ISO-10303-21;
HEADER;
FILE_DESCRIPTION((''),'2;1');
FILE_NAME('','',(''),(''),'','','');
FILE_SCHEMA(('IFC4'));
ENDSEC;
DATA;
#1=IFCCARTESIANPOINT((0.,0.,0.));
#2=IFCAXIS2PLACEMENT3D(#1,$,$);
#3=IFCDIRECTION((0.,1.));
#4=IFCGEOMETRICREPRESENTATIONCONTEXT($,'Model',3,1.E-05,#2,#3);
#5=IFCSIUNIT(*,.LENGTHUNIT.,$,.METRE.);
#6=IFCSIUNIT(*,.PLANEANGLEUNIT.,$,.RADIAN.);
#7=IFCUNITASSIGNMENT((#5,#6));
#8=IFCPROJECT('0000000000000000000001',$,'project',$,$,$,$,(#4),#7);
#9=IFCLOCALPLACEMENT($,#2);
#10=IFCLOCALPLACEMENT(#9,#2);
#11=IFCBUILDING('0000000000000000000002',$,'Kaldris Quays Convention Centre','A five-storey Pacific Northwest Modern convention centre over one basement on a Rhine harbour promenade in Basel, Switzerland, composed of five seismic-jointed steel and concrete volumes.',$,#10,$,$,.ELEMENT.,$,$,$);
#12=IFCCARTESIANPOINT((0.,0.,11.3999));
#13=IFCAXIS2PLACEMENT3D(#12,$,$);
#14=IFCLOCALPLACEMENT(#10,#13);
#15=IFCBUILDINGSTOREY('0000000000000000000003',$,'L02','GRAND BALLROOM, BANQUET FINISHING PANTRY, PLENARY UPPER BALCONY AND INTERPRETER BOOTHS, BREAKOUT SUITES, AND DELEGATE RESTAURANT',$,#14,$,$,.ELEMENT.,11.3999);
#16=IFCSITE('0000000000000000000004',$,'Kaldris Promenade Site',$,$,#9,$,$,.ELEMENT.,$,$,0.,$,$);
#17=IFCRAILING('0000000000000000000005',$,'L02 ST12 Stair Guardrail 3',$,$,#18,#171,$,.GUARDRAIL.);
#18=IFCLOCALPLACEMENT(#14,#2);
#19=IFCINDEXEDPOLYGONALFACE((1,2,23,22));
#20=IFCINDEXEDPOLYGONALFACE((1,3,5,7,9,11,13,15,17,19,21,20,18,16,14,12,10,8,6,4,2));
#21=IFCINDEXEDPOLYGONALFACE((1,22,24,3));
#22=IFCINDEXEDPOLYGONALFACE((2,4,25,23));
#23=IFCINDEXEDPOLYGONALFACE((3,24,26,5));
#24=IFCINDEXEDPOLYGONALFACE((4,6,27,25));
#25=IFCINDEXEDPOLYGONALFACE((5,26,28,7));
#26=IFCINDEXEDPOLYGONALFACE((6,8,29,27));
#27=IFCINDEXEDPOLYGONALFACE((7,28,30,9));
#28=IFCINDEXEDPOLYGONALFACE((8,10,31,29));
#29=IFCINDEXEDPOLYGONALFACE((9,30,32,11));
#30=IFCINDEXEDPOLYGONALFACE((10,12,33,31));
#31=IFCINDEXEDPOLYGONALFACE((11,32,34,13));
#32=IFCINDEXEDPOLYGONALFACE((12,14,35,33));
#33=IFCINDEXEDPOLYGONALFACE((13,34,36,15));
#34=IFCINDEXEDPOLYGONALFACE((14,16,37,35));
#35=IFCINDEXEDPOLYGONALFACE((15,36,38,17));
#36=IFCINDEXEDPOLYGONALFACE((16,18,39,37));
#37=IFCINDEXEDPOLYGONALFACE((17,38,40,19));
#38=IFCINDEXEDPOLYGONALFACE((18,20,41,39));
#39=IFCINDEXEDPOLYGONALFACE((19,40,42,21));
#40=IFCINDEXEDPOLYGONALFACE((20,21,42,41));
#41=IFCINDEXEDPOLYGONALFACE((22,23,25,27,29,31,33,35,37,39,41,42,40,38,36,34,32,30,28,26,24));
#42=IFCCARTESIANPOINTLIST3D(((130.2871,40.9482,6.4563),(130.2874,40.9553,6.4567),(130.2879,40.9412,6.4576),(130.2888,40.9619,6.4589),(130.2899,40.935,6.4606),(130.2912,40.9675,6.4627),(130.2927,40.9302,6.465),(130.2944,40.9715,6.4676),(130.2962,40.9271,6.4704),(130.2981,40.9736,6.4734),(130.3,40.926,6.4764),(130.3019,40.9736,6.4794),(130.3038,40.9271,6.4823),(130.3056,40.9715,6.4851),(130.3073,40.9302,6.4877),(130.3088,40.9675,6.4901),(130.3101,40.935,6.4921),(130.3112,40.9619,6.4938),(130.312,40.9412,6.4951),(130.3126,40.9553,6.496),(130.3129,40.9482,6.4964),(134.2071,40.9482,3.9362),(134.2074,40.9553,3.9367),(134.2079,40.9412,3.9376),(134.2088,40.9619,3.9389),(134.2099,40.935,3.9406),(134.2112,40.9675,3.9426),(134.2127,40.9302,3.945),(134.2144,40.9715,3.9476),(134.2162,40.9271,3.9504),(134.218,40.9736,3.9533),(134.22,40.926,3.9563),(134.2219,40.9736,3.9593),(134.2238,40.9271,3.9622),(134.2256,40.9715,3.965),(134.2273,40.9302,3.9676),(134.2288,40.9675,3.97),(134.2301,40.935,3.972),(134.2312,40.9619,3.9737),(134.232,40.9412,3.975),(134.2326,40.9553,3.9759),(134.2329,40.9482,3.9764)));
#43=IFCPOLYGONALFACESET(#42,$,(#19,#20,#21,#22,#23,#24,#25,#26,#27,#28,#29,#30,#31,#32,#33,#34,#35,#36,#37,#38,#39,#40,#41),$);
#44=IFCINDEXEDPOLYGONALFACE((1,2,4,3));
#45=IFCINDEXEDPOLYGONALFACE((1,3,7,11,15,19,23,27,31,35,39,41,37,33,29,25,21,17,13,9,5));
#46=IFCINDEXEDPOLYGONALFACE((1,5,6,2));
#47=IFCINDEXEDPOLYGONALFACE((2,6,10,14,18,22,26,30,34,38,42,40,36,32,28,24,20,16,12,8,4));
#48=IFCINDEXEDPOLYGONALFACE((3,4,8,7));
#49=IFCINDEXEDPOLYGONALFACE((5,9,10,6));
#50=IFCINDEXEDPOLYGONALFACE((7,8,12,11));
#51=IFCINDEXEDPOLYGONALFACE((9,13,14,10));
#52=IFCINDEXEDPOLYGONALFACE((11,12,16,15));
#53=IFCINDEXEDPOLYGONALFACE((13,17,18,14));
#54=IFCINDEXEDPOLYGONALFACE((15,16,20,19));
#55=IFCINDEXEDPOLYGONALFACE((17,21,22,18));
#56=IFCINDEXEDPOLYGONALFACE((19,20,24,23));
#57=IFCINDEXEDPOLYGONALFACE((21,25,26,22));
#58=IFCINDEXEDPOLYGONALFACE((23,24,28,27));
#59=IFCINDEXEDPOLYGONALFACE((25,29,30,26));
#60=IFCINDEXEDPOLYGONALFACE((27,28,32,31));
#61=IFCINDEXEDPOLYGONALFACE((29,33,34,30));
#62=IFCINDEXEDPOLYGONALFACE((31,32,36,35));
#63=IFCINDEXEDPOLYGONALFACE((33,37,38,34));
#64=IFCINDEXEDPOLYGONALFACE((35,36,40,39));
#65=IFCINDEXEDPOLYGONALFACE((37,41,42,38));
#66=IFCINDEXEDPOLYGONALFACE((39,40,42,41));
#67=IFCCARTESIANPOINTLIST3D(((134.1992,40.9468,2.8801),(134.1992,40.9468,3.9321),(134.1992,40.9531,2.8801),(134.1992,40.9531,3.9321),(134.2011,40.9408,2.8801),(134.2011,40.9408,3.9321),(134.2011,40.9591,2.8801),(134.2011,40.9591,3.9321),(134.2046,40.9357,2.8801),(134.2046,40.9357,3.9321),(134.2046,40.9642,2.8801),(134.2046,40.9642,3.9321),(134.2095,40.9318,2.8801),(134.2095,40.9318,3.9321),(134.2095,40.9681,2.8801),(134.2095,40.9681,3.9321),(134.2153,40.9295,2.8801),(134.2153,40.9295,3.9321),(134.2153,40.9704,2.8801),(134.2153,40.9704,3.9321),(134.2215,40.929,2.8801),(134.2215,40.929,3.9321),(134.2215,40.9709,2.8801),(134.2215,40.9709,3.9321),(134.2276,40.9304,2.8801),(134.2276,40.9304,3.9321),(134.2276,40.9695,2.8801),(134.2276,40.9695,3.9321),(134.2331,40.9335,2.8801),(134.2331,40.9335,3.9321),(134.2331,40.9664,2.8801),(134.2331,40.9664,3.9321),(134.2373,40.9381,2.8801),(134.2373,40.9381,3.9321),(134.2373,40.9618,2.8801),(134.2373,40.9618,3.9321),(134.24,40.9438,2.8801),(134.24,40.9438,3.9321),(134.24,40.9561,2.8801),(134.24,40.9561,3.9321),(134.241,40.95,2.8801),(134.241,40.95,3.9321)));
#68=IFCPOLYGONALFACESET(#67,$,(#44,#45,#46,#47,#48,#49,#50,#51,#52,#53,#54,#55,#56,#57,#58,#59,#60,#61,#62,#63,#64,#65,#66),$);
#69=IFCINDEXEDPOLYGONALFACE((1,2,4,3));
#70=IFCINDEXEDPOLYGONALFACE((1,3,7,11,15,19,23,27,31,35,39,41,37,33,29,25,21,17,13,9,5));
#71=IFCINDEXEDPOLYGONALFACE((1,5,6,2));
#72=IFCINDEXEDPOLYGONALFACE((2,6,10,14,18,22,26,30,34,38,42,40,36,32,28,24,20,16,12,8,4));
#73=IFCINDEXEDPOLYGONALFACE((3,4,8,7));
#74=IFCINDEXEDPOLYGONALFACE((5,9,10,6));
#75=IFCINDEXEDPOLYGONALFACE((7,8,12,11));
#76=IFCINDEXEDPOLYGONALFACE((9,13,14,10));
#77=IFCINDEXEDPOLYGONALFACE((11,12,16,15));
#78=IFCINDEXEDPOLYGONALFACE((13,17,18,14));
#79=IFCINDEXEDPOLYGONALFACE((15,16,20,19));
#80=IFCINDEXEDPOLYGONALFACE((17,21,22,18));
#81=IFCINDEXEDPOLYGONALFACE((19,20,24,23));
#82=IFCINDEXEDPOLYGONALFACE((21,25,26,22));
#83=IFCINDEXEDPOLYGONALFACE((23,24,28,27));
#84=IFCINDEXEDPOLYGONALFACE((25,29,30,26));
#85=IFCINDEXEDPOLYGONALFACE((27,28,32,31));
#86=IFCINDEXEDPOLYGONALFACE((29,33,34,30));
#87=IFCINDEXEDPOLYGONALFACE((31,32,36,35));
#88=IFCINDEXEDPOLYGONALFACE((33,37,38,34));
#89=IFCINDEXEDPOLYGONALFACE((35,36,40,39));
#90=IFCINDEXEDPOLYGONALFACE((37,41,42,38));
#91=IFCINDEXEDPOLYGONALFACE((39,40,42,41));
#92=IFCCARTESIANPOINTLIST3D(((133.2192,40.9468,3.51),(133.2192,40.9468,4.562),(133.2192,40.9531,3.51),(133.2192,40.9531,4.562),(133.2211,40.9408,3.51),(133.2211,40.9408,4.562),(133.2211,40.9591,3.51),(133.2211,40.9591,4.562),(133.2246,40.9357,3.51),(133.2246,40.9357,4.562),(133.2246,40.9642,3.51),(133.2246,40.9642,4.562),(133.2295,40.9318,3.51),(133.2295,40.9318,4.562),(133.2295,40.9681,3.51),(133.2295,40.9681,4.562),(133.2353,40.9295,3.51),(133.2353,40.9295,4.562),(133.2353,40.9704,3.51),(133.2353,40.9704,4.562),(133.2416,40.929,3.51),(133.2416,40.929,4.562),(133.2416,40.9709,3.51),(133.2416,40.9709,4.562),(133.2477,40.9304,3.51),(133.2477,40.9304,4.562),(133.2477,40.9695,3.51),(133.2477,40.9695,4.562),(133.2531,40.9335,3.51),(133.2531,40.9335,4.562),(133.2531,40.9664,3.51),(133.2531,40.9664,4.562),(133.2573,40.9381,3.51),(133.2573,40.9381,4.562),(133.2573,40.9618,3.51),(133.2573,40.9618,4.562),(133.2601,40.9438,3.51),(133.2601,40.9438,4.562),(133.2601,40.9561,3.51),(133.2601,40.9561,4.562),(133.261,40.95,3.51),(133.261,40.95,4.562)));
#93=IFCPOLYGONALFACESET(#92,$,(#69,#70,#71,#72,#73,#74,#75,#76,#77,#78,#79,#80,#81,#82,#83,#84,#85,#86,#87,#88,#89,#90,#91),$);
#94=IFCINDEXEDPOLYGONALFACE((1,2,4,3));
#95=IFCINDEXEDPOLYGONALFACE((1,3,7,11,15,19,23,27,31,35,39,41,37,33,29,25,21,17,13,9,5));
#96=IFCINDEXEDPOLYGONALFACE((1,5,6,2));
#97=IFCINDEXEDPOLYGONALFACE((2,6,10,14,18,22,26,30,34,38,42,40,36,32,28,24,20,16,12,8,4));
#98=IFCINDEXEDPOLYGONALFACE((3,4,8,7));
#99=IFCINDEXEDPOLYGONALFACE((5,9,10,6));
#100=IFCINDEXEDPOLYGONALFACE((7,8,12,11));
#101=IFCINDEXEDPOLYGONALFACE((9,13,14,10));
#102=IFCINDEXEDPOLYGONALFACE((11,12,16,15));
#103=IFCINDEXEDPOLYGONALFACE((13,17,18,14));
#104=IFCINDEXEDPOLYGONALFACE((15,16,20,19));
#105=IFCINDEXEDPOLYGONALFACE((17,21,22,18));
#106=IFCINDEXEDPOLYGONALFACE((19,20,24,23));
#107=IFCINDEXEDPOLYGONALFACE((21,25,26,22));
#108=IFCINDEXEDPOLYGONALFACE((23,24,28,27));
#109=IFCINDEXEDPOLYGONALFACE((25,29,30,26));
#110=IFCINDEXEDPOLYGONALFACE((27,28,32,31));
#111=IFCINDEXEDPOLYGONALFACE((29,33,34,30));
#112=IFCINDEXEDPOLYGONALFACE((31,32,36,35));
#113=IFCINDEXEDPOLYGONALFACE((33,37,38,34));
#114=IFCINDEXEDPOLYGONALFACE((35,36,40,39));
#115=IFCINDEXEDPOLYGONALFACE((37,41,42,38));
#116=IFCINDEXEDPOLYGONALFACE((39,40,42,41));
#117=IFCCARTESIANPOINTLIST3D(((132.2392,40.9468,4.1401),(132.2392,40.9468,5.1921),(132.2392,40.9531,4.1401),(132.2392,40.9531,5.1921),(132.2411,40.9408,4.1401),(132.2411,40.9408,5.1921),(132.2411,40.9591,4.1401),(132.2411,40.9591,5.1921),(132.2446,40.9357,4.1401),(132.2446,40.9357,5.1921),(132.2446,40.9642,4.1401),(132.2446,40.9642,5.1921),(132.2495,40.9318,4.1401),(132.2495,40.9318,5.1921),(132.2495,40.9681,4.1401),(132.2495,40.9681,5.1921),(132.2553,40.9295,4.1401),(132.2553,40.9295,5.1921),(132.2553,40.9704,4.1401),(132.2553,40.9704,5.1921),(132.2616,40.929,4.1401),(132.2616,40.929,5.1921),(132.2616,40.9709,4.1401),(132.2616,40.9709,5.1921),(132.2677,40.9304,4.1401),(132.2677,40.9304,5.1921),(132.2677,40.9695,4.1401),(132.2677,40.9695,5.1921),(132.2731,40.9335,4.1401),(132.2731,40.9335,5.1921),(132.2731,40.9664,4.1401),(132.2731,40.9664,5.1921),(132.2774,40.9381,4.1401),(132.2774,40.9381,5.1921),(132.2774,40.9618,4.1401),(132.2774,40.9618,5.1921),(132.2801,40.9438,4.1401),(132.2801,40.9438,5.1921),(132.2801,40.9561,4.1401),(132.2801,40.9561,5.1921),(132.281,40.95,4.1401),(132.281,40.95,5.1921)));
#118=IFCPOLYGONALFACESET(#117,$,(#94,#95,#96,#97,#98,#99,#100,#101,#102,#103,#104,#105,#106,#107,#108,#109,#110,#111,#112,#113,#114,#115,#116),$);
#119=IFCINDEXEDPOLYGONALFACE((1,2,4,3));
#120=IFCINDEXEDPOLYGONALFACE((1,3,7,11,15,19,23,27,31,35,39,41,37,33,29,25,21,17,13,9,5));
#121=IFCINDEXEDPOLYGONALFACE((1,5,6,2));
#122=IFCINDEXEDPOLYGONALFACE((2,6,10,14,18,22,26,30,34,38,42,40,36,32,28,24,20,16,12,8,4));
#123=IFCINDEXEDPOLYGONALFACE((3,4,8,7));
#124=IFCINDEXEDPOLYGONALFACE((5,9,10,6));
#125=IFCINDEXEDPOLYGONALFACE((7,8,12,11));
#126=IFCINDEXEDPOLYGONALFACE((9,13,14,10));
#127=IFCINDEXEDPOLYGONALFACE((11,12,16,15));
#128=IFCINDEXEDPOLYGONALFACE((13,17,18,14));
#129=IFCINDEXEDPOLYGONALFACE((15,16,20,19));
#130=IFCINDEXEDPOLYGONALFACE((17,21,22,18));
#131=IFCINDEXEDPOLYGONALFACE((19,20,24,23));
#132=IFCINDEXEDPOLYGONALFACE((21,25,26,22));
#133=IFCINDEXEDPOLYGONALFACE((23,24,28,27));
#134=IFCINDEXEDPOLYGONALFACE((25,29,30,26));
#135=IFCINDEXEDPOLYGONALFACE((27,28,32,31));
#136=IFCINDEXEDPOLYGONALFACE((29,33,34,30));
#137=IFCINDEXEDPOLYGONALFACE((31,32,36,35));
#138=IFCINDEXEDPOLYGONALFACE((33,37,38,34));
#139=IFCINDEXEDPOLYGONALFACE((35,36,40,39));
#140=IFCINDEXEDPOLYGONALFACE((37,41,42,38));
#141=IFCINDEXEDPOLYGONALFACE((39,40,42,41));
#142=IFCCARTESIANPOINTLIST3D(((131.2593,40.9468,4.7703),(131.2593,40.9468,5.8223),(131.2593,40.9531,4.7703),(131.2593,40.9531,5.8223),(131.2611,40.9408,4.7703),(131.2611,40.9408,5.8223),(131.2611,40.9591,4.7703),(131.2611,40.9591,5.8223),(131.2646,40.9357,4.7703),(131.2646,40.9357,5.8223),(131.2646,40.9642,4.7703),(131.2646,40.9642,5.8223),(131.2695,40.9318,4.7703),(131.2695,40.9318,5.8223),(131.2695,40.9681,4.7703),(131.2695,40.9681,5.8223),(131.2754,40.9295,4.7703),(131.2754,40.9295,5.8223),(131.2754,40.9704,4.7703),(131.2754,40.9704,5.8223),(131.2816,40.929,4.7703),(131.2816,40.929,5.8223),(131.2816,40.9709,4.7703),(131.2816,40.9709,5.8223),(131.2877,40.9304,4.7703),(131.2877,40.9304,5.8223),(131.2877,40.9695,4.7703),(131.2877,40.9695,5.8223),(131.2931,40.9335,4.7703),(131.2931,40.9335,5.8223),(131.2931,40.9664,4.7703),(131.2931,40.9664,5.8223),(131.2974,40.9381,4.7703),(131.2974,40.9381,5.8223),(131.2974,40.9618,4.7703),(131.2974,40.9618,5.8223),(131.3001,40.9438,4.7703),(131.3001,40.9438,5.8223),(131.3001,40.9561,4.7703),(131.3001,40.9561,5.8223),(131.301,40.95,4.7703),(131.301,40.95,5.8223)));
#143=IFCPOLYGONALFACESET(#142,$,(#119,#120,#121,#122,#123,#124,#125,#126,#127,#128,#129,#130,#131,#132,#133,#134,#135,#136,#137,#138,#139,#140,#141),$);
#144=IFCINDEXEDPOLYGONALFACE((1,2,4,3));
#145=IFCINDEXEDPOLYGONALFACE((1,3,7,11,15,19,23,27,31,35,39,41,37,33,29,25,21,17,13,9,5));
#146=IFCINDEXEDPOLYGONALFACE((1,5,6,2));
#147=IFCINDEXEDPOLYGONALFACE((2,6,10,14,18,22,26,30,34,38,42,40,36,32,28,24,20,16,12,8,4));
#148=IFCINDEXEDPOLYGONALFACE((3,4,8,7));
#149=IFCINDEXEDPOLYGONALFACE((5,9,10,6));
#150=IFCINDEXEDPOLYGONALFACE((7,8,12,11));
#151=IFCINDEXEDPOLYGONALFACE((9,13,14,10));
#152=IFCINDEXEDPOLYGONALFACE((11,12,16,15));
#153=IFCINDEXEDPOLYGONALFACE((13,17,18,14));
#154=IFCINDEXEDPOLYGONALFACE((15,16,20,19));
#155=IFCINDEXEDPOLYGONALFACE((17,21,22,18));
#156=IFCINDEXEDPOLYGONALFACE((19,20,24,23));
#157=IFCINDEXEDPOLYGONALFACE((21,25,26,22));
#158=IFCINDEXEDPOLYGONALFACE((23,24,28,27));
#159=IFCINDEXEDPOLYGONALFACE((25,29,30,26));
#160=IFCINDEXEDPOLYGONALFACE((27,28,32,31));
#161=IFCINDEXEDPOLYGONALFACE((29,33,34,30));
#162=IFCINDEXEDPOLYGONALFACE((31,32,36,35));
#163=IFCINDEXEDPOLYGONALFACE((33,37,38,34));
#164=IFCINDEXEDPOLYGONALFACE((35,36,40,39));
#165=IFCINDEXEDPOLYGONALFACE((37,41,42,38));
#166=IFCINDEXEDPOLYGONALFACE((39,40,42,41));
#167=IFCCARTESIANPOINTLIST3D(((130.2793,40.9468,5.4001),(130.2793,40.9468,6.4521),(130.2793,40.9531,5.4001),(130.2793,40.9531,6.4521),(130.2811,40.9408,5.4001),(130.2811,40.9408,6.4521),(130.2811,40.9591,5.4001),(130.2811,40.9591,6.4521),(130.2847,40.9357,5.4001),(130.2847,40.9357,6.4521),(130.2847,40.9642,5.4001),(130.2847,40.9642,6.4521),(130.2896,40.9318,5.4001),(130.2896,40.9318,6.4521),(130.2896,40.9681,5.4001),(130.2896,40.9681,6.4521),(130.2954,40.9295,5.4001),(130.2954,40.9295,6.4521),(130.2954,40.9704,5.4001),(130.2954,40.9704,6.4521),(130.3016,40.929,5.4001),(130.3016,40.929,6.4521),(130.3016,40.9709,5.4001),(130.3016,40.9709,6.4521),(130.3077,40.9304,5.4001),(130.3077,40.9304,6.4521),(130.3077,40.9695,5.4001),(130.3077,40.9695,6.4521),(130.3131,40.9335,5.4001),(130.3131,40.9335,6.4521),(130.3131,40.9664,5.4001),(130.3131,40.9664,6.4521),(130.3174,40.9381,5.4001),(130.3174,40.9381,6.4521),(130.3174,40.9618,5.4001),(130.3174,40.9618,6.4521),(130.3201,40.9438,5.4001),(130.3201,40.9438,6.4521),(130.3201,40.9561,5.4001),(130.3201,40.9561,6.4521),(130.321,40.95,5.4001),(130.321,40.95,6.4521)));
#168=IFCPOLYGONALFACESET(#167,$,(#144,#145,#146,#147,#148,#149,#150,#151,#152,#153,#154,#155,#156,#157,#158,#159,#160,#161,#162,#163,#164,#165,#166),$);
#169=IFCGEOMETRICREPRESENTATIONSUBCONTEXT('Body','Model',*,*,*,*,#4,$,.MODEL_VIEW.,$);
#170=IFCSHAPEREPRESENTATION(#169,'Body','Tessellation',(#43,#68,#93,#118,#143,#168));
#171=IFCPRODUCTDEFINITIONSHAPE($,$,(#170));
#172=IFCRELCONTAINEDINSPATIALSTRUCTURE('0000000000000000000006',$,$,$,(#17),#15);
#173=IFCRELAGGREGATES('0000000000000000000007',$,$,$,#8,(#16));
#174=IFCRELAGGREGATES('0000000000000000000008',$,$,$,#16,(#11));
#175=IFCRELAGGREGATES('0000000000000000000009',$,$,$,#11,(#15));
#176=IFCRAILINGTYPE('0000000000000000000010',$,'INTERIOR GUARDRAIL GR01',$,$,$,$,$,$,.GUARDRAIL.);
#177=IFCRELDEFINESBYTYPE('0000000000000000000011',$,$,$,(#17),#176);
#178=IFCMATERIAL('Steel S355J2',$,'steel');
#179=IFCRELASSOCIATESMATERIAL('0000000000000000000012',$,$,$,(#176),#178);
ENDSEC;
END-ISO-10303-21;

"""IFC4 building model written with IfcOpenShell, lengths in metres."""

from ifc_helpers import new_model, si_unit, direction, frame, origin, origin_2d, place, context, subcontext, project, spatial, circle, extrude, material, type_object, element, save


model = new_model("IFC4")

# Units and contexts
model_context = context("Model", 3, precision=1e-05, world=origin(), true_north=direction((0.0, 1.0)))
body_context = subcontext(model_context, "Body", "Model", "MODEL_VIEW")
ifc_project = project(units=[si_unit("LENGTHUNIT", "METRE"), si_unit("PLANEANGLEUNIT", "RADIAN")], contexts=[model_context])

# Site, building, storey
site_placement = place(None, origin())
site = spatial("IfcSite", under=ifc_project, at=site_placement, Name="Kaldris Promenade Site", CompositionType="ELEMENT", RefElevation=0.0)
building_placement = place(site_placement, origin())
building = spatial("IfcBuilding", under=site, at=building_placement, Name="Kaldris Quays Convention Centre", Description="A five-storey Pacific Northwest Modern convention centre over one basement on a Rhine harbour promenade in Basel, Switzerland, composed of five seismic-jointed steel and concrete volumes.", CompositionType="ELEMENT")
storey_placement = place(building_placement, frame((0.0, 0.0, 11.3999)))
storey = spatial("IfcBuildingStorey", under=building, at=storey_placement, Name="L02", Description="GRAND BALLROOM, BANQUET FINISHING PANTRY, PLENARY UPPER BALCONY AND INTERPRETER BOOTHS, BREAKOUT SUITES, AND DELEGATE RESTAURANT", CompositionType="ELEMENT", Elevation=11.3999)

# Railing
ifc_material_1 = material(Name="Steel S355J2", Category="steel")
railing_type = type_object("IfcRailingType", Name="INTERIOR GUARDRAIL GR01", PredefinedType="GUARDRAIL", material=ifc_material_1)
railing_1_placement = place(storey_placement, frame((134.22, 40.95, 2.8801)))
element("IfcRailing", 1, at=railing_1_placement, inside=storey, type_object=railing_type, Name="L02 ST12 Stair Guardrail 3", PredefinedType="GUARDRAIL", context=body_context, shape_type="SweptSolid", body=[
    extrude(circle(Radius=0.0239, at=origin_2d()), frame((0.0, 0.0, 1.0762), z_axis=(-0.841172, 0.0, 0.540768), x_axis=(0.0, -1.0, 0.0)), (0.0, 0.0, 1.0), 4.6602),
    extrude(circle(Radius=0.021, at=origin_2d()), origin(), (0.0, 0.0, 1.0), 1.052),
    extrude(circle(Radius=0.021, at=origin_2d()), frame((-0.98, 0.0, 0.6299)), (0.0, 0.0, 1.0), 1.052),
    extrude(circle(Radius=0.021, at=origin_2d()), frame((-1.96, 0.0, 1.26)), (0.0, 0.0, 1.0), 1.052),
    extrude(circle(Radius=0.021, at=origin_2d()), frame((-2.9399, 0.0, 1.8901)), (0.0, 0.0, 1.0), 1.052),
    extrude(circle(Radius=0.021, at=origin_2d()), frame((-3.9199, 0.0, 2.52)), (0.0, 0.0, 1.0), 1.052),
])

save(model, "model.ifc")
